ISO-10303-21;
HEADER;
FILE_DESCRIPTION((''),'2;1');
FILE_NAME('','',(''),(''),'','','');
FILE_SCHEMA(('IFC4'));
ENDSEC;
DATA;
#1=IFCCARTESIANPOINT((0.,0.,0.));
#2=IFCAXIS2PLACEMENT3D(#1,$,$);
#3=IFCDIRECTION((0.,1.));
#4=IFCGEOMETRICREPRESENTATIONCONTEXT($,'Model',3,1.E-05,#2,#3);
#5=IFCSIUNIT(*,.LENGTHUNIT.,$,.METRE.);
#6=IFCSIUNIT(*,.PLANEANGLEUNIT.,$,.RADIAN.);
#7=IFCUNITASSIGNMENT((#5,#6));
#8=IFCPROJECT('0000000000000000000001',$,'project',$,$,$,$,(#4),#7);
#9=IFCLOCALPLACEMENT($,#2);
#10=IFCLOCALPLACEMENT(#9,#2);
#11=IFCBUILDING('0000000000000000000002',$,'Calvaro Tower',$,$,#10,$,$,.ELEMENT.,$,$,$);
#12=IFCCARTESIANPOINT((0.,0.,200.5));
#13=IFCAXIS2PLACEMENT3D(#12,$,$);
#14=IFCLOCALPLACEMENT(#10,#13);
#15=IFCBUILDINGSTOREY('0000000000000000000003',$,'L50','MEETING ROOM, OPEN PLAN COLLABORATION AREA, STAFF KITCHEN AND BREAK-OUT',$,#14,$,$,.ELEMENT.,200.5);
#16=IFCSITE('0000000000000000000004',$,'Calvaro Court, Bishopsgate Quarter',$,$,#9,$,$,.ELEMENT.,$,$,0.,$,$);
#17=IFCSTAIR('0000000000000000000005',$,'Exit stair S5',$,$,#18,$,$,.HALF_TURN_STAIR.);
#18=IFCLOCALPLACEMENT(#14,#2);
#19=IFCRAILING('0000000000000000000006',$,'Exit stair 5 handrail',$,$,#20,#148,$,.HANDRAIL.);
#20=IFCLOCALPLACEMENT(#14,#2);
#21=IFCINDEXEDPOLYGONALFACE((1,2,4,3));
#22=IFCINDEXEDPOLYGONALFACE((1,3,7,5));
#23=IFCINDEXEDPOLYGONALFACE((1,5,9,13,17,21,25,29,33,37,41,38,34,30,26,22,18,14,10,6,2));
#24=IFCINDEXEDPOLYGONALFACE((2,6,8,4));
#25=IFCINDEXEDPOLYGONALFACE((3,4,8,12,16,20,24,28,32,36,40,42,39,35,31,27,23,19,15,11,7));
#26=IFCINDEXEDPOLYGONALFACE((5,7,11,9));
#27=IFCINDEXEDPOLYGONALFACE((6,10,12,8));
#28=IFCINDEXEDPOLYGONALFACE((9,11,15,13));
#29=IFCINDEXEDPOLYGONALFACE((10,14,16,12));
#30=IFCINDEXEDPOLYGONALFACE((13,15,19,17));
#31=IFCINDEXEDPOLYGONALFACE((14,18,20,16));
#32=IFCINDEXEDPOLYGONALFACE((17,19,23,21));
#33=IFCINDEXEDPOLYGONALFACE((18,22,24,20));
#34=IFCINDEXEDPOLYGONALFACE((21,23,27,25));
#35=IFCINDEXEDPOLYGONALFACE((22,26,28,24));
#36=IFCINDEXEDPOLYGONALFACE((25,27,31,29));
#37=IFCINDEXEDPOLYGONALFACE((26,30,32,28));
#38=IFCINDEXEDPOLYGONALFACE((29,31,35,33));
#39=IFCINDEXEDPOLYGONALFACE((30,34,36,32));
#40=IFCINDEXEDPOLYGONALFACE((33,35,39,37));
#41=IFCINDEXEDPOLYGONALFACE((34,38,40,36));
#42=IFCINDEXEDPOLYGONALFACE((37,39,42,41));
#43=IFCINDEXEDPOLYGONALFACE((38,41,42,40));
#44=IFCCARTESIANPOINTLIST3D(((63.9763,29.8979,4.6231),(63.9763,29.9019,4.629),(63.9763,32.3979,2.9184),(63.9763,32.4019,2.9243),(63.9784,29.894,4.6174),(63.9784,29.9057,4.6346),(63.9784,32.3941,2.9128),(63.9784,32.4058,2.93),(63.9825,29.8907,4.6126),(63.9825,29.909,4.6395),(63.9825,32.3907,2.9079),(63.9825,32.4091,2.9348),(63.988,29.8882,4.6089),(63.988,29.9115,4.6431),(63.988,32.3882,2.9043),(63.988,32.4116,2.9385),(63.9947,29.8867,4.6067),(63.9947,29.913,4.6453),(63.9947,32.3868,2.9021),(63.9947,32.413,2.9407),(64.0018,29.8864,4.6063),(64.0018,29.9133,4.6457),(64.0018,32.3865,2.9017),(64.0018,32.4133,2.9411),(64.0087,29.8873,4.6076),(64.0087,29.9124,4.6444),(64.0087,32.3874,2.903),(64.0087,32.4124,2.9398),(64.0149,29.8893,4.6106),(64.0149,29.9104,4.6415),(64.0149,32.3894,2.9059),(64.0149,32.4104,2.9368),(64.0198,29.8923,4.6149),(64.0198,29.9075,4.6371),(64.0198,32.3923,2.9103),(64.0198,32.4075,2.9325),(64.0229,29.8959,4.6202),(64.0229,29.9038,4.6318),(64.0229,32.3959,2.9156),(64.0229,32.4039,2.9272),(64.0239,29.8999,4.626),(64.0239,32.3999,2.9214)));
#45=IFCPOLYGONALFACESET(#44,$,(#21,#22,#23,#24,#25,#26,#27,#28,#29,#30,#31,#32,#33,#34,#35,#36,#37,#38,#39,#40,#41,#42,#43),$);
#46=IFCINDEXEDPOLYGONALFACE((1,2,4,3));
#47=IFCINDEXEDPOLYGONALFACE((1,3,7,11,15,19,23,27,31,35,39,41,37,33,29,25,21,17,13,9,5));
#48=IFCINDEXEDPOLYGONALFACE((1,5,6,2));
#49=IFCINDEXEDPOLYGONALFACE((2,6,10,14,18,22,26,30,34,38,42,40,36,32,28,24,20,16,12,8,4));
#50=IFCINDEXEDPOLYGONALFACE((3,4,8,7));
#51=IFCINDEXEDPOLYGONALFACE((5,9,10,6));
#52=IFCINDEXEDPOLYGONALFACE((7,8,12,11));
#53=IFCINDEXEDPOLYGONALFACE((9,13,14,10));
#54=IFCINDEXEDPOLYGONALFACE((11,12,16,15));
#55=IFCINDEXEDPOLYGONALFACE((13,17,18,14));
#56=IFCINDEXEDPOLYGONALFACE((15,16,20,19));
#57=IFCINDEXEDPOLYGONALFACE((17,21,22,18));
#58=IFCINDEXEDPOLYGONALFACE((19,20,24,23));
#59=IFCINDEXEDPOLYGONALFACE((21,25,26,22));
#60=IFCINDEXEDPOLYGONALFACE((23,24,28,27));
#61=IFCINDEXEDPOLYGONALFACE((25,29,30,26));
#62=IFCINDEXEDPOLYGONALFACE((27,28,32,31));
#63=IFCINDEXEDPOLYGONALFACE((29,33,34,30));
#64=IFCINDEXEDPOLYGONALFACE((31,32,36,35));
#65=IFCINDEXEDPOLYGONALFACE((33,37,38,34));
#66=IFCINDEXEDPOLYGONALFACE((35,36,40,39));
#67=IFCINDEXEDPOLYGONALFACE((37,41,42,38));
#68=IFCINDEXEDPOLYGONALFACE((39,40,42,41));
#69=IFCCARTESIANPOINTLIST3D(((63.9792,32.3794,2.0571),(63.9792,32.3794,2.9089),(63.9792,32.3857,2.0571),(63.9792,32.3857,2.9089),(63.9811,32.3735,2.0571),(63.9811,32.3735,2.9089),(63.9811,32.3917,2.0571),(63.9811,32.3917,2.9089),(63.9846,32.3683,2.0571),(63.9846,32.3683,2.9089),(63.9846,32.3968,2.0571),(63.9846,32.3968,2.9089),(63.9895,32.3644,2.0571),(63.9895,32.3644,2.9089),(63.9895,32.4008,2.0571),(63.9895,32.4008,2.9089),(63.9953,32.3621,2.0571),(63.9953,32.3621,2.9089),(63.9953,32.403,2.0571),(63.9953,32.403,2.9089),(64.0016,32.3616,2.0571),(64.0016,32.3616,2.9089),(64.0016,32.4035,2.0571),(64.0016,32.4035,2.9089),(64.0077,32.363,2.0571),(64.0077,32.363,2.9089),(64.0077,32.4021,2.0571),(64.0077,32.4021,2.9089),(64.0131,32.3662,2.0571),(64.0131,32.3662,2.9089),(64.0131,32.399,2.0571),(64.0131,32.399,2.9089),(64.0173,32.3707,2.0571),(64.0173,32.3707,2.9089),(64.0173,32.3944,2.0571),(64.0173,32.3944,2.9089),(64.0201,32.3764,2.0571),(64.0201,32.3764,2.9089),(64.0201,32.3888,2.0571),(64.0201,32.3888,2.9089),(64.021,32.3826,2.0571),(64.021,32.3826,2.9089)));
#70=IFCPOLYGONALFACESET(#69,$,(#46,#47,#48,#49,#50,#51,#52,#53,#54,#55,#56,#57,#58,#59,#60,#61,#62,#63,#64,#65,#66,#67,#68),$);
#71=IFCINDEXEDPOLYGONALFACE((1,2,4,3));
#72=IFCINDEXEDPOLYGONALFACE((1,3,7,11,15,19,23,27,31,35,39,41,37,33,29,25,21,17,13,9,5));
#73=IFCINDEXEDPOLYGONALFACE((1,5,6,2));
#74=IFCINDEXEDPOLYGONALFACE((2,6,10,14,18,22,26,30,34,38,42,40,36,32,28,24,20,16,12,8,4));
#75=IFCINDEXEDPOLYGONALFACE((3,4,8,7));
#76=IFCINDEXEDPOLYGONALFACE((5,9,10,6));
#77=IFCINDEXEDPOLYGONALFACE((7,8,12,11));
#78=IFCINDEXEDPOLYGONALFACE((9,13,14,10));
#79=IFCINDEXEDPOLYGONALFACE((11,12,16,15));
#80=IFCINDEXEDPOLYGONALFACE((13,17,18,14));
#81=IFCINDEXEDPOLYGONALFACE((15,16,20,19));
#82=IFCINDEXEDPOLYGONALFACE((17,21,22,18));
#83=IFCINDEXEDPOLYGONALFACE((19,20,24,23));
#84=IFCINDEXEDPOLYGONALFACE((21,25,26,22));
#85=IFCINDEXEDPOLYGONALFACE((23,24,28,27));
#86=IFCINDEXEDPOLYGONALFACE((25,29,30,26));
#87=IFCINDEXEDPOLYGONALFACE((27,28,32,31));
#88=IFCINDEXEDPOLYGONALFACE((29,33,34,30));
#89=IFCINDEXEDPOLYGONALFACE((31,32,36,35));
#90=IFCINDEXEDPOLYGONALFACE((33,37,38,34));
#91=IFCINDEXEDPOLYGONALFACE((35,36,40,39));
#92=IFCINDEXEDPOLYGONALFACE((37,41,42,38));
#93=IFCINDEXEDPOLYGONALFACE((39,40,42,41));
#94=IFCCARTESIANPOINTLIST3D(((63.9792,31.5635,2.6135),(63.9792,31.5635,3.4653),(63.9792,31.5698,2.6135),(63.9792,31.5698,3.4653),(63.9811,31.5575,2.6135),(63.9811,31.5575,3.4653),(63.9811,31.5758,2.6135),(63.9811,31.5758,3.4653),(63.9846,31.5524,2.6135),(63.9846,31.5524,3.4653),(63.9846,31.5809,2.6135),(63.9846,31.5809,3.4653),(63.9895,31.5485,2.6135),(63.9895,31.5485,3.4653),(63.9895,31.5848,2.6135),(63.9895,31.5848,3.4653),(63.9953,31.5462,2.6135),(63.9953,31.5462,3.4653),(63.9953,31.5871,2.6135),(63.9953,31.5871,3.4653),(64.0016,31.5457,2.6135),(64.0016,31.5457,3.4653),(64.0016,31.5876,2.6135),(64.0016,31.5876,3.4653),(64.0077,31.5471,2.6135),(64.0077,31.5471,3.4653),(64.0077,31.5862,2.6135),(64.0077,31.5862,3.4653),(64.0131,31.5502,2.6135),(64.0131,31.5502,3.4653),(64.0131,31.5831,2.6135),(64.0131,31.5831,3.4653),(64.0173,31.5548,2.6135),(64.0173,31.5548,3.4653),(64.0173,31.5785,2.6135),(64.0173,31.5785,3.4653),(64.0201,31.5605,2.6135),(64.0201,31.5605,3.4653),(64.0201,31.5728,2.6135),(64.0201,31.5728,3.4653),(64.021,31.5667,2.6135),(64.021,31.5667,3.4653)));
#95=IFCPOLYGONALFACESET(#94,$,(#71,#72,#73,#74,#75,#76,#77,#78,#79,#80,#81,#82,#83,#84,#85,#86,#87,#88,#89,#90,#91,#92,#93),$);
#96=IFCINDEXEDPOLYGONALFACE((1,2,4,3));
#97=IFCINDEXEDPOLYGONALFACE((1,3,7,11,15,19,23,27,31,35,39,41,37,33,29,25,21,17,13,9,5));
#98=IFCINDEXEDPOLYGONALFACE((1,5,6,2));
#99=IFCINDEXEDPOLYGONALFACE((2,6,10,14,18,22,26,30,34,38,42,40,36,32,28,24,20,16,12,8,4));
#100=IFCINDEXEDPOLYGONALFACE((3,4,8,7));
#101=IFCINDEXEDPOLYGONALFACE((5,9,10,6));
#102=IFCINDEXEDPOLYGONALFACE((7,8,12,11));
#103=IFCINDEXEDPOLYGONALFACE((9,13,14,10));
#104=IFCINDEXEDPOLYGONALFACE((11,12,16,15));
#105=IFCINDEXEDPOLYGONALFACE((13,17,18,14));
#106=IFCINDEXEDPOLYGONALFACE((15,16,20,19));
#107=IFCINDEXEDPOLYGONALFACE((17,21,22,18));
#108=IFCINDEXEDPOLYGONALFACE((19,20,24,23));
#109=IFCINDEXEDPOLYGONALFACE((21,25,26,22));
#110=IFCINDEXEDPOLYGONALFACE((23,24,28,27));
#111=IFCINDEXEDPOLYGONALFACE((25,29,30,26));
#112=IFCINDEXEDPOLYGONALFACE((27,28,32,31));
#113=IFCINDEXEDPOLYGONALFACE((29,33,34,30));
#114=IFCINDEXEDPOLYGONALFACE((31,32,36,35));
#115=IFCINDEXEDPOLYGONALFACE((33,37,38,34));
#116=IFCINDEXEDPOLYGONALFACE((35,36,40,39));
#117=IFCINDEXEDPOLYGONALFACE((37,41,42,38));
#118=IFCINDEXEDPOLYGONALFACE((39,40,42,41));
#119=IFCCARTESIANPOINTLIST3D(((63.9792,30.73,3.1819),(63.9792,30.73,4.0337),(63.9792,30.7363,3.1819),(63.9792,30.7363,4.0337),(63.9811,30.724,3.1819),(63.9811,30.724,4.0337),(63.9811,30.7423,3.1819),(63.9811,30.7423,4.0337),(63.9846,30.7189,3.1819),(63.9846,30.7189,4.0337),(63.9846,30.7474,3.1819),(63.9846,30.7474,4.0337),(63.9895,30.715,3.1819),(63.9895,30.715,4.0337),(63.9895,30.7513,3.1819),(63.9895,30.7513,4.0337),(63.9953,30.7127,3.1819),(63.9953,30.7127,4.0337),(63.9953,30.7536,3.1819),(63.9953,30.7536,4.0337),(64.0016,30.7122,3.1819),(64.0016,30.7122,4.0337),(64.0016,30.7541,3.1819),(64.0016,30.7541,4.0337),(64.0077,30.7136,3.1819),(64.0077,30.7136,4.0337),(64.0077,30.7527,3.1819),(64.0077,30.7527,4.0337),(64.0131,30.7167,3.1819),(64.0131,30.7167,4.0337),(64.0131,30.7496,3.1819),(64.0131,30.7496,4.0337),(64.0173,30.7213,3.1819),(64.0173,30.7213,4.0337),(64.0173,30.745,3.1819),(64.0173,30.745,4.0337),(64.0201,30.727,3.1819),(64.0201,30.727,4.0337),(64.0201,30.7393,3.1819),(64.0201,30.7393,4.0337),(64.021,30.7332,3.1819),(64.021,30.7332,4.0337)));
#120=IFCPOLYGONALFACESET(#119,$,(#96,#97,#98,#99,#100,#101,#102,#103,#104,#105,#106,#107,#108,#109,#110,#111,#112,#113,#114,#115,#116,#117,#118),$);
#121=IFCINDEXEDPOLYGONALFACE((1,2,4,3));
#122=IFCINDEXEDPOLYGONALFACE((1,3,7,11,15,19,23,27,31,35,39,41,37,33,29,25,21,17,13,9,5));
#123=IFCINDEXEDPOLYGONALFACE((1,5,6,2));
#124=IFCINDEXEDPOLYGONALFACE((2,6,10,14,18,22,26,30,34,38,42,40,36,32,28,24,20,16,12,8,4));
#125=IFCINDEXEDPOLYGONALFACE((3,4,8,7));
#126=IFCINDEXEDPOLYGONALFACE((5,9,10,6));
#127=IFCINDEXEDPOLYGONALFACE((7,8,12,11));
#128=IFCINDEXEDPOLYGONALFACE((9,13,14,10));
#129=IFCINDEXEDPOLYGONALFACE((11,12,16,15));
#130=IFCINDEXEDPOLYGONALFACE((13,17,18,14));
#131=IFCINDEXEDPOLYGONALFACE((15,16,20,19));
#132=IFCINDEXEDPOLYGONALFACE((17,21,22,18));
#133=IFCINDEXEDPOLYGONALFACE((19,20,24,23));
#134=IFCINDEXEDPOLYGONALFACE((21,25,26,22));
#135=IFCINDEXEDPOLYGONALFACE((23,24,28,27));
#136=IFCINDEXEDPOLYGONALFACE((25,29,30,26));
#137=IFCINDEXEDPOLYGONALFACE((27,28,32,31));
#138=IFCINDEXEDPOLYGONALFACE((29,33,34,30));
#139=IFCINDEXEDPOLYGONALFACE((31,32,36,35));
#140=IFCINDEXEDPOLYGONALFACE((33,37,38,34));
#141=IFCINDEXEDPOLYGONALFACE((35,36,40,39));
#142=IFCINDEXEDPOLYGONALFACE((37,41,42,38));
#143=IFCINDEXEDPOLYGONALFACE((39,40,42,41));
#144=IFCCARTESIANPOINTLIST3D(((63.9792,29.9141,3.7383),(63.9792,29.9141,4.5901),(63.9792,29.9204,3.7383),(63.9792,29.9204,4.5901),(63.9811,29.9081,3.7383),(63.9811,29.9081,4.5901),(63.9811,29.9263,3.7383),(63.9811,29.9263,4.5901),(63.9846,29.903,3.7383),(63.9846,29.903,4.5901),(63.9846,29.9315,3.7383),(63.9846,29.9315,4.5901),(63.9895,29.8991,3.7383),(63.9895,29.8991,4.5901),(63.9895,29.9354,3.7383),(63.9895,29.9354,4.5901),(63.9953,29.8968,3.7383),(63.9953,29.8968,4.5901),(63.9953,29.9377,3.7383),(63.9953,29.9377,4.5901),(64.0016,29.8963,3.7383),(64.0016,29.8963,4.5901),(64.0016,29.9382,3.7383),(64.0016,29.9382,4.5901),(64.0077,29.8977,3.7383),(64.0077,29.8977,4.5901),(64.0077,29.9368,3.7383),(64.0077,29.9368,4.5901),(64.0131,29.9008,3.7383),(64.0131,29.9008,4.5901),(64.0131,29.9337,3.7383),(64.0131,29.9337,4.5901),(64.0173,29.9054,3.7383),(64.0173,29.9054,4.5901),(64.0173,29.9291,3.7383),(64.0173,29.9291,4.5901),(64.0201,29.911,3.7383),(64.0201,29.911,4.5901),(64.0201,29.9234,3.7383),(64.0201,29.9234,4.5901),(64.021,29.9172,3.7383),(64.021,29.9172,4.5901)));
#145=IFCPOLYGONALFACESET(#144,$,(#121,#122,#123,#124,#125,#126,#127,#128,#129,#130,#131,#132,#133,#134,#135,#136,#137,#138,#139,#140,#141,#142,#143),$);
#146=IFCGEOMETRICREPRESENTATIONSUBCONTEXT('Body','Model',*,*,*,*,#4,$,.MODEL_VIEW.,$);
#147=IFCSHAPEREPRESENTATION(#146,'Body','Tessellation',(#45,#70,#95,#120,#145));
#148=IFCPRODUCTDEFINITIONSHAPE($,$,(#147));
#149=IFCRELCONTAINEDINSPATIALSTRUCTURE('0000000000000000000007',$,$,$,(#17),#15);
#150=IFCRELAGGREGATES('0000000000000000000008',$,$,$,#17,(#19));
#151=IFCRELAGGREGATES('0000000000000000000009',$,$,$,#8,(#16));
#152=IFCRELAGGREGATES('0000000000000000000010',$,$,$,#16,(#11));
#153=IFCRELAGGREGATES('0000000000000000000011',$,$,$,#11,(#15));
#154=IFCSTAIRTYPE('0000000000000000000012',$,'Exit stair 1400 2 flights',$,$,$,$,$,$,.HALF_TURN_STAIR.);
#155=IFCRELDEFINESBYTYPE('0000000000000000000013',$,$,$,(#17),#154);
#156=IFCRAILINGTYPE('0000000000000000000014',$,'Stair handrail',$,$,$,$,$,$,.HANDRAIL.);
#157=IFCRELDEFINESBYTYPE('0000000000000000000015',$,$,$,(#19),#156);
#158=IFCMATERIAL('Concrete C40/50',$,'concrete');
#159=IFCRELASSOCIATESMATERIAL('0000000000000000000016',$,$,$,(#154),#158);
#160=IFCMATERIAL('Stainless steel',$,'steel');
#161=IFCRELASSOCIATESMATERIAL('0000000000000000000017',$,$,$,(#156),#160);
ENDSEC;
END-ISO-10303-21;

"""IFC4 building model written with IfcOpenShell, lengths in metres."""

from ifc_helpers import new_model, si_unit, direction, frame, origin, origin_2d, place, context, subcontext, project, spatial, circle, extrude, material, type_object, element, aggregate, save


model = new_model("IFC4")

# Units and contexts
model_context = context("Model", 3, precision=1e-05, world=origin(), true_north=direction((0.0, 1.0)))
body_context = subcontext(model_context, "Body", "Model", "MODEL_VIEW")
ifc_project = project(units=[si_unit("LENGTHUNIT", "METRE"), si_unit("PLANEANGLEUNIT", "RADIAN")], contexts=[model_context])

# Site, building, storey
site_placement = place(None, origin())
site = spatial("IfcSite", under=ifc_project, at=site_placement, Name="Calvaro Court, Bishopsgate Quarter", CompositionType="ELEMENT", RefElevation=0.0)
building_placement = place(site_placement, origin())
building = spatial("IfcBuilding", under=site, at=building_placement, Name="Calvaro Tower", CompositionType="ELEMENT")
storey_placement = place(building_placement, frame((0.0, 0.0, 200.5)))
storey = spatial("IfcBuildingStorey", under=building, at=storey_placement, Name="L50", Description="MEETING ROOM, OPEN PLAN COLLABORATION AREA, STAFF KITCHEN AND BREAK-OUT", CompositionType="ELEMENT", Elevation=200.5)

# Stair, railing
ifc_material_1 = material(Name="Concrete C40/50", Category="concrete")
stair_type = type_object("IfcStairType", Name="Exit stair 1400 2 flights", PredefinedType="HALF_TURN_STAIR", material=ifc_material_1)
stair_placement = place(storey_placement, origin())
stair = element("IfcStair", 1, at=stair_placement, inside=storey, type_object=stair_type, Name="Exit stair S5", PredefinedType="HALF_TURN_STAIR")
ifc_material_2 = material(Name="Stainless steel", Category="steel")
railing_type = type_object("IfcRailingType", Name="Stair handrail", PredefinedType="HANDRAIL", material=ifc_material_2)
railing_placement = place(storey_placement, frame((64.0, 32.3999, 2.0454)))
railing = element("IfcRailing", 2, at=railing_placement, type_object=railing_type, Name="Exit stair 5 handrail", PredefinedType="HANDRAIL", context=body_context, shape_type="SweptSolid", body=[
    extrude(circle(Radius=0.0239, at=origin_2d()), frame((0.0, 0.0, 0.876), z_axis=(0.0, -0.826221, 0.563347), x_axis=(1.0, 0.0, 0.0)), (0.0, 0.0, 1.0), 3.0259),
    extrude(circle(Radius=0.021, at=origin_2d()), frame((0.0, -0.0173, 0.0117)), (0.0, 0.0, 1.0), 0.8518),
    extrude(circle(Radius=0.021, at=origin_2d()), frame((0.0, -0.8333, 0.5681)), (0.0, 0.0, 1.0), 0.8518),
    extrude(circle(Radius=0.021, at=origin_2d()), frame((0.0, -1.6667, 1.1365)), (0.0, 0.0, 1.0), 0.8518),
    extrude(circle(Radius=0.021, at=origin_2d()), frame((0.0, -2.4827, 1.6929)), (0.0, 0.0, 1.0), 0.8518),
])
aggregate(stair, [railing])

save(model, "model.ifc")
